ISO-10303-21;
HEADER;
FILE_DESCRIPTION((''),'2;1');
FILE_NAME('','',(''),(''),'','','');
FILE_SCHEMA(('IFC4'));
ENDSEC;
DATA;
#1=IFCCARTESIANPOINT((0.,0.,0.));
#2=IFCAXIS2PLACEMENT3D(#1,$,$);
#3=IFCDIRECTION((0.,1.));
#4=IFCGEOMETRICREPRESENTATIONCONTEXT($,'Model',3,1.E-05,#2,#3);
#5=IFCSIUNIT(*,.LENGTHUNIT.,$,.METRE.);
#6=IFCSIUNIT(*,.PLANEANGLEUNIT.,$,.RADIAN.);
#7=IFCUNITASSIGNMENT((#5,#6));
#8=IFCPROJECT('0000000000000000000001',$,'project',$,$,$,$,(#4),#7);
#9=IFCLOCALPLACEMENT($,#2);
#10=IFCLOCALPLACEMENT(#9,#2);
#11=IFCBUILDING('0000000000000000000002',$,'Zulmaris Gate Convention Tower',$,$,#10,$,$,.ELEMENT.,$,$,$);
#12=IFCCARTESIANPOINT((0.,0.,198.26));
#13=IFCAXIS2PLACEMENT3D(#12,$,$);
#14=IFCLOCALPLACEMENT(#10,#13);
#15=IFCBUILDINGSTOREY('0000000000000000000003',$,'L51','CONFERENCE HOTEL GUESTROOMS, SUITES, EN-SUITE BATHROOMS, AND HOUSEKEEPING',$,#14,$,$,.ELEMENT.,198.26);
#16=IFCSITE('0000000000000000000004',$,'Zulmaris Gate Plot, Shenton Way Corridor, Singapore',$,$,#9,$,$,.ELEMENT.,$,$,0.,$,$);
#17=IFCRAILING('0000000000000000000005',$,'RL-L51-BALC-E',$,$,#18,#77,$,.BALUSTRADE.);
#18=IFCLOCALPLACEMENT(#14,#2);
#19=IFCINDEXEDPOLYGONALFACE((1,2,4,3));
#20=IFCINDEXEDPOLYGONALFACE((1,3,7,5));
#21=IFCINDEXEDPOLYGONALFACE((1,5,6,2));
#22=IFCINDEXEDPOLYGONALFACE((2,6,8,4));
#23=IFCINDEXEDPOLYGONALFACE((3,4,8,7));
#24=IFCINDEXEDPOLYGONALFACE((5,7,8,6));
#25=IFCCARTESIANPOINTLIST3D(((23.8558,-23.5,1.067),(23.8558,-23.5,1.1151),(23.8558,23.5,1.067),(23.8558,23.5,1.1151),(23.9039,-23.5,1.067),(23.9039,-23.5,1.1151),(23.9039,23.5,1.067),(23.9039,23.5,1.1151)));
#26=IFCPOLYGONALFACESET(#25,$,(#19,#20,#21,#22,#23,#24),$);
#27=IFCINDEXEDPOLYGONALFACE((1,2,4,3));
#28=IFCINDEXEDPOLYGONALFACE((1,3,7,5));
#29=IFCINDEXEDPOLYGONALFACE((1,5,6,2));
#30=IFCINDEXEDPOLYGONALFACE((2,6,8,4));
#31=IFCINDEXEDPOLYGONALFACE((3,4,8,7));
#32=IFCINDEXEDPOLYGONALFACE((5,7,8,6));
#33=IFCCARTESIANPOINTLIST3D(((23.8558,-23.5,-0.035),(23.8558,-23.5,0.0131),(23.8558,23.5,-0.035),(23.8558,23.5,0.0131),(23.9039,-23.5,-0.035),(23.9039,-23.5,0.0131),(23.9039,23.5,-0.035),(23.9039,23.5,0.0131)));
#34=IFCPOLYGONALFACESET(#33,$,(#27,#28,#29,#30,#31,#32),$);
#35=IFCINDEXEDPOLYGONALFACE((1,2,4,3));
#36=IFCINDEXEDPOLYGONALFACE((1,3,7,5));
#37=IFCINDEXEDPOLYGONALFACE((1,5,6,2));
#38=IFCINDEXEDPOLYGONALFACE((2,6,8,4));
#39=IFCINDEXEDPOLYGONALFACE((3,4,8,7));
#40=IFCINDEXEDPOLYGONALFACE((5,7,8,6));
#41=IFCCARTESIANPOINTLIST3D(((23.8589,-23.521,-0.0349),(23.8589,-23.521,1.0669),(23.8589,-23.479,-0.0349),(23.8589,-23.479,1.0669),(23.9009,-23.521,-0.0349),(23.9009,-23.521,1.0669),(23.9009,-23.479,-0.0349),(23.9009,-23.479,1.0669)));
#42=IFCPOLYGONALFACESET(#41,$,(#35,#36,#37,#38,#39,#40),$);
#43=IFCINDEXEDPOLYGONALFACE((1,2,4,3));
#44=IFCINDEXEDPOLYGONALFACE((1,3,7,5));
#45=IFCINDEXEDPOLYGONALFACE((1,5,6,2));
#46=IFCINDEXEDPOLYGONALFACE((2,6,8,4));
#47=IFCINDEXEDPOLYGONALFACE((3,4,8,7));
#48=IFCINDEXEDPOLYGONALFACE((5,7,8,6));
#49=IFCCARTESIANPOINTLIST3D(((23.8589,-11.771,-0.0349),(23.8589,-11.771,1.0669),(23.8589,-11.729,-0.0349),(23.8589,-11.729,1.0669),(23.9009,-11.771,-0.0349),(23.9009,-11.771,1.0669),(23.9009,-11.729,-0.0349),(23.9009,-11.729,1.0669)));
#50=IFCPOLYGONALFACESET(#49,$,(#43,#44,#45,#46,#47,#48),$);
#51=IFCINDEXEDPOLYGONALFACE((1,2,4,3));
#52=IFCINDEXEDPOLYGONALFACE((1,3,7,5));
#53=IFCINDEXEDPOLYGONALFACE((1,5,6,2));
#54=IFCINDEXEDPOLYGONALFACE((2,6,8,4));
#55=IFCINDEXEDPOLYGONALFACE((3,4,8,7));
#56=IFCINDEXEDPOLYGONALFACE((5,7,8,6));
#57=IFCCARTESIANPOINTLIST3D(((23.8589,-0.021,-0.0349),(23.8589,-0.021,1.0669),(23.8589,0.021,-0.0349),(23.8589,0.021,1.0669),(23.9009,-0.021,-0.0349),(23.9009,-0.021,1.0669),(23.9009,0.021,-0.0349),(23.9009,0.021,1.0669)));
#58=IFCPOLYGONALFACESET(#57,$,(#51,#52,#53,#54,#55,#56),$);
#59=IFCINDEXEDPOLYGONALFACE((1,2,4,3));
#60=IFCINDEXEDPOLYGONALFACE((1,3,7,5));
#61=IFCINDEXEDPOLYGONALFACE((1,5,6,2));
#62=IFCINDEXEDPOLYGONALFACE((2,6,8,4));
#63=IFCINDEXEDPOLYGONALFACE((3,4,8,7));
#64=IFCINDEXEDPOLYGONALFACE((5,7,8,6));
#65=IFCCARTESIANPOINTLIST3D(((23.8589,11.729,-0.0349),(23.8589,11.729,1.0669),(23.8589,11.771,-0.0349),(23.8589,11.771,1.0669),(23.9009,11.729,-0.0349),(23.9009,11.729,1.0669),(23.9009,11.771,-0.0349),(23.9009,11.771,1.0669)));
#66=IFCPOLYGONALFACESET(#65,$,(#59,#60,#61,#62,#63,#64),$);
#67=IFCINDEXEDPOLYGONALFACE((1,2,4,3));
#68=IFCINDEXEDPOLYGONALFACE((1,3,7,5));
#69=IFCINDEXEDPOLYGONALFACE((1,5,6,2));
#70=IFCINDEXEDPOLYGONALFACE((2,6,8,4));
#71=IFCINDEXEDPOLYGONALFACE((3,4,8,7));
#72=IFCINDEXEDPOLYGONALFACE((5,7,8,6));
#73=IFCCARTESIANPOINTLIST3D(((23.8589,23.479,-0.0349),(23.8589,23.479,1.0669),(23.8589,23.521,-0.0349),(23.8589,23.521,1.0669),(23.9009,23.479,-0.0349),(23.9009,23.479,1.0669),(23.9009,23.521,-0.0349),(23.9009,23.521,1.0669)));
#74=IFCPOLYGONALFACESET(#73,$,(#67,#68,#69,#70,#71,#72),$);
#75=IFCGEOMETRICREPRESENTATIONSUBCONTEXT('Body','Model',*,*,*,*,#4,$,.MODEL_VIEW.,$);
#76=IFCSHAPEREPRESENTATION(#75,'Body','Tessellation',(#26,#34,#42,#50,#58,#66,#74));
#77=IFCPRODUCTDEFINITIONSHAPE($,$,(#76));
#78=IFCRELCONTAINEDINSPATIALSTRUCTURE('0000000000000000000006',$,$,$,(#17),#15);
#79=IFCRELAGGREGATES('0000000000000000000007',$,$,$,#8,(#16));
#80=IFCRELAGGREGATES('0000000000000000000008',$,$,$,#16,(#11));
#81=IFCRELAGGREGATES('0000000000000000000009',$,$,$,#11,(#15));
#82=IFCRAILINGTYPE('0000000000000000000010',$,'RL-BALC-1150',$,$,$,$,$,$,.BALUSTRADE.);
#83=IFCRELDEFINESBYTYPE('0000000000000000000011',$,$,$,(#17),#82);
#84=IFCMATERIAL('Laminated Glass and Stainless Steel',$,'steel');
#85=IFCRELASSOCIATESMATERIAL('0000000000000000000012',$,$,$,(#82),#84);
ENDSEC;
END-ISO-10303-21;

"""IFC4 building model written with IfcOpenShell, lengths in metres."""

from ifc_helpers import new_model, si_unit, direction, frame, origin, origin_2d, place, context, subcontext, project, spatial, rectangle, extrude, material, type_object, element, save


model = new_model("IFC4")

# Units and contexts
model_context = context("Model", 3, precision=1e-05, world=origin(), true_north=direction((0.0, 1.0)))
body_context = subcontext(model_context, "Body", "Model", "MODEL_VIEW")
ifc_project = project(units=[si_unit("LENGTHUNIT", "METRE"), si_unit("PLANEANGLEUNIT", "RADIAN")], contexts=[model_context])

# Site, building, storey
site_placement = place(None, origin())
site = spatial("IfcSite", under=ifc_project, at=site_placement, Name="Zulmaris Gate Plot, Shenton Way Corridor, Singapore", CompositionType="ELEMENT", RefElevation=0.0)
building_placement = place(site_placement, origin())
building = spatial("IfcBuilding", under=site, at=building_placement, Name="Zulmaris Gate Convention Tower", CompositionType="ELEMENT")
storey_placement = place(building_placement, frame((0.0, 0.0, 198.26)))
storey = spatial("IfcBuildingStorey", under=building, at=storey_placement, Name="L51", Description="CONFERENCE HOTEL GUESTROOMS, SUITES, EN-SUITE BATHROOMS, AND HOUSEKEEPING", CompositionType="ELEMENT", Elevation=198.26)

# Railing
ifc_material_1 = material(Name="Laminated Glass and Stainless Steel", Category="steel")
railing_type = type_object("IfcRailingType", Name="RL-BALC-1150", PredefinedType="BALUSTRADE", material=ifc_material_1)
railing_placement = place(storey_placement, frame((23.8799, -23.5, -0.0349)))
element("IfcRailing", 1, at=railing_placement, inside=storey, type_object=railing_type, Name="RL-L51-BALC-E", PredefinedType="BALUSTRADE", context=body_context, shape_type="SweptSolid", body=[
    extrude(rectangle(XDim=0.0481, YDim=0.0481, at=origin_2d()), frame((0.0, 0.0, 1.126), z_axis=(0.0, 1.0, 0.0), x_axis=(-1.0, 0.0, 0.0)), (0.0, 0.0, 1.0), 47.0),
    extrude(rectangle(XDim=0.0481, YDim=0.0481, at=origin_2d()), frame((0.0, 0.0, 0.0239), z_axis=(0.0, 1.0, 0.0), x_axis=(-1.0, 0.0, 0.0)), (0.0, 0.0, 1.0), 47.0),
    extrude(rectangle(XDim=0.042, YDim=0.042, at=origin_2d()), origin(), (0.0, 0.0, 1.0), 1.1018),
    extrude(rectangle(XDim=0.042, YDim=0.042, at=origin_2d()), frame((0.0, 11.75, 0.0)), (0.0, 0.0, 1.0), 1.1018),
    extrude(rectangle(XDim=0.042, YDim=0.042, at=origin_2d()), frame((0.0, 23.5, 0.0)), (0.0, 0.0, 1.0), 1.1018),
    extrude(rectangle(XDim=0.042, YDim=0.042, at=origin_2d()), frame((0.0, 35.25, 0.0)), (0.0, 0.0, 1.0), 1.1018),
    extrude(rectangle(XDim=0.042, YDim=0.042, at=origin_2d()), frame((0.0, 47.0, 0.0)), (0.0, 0.0, 1.0), 1.1018),
])

save(model, "model.ifc")
